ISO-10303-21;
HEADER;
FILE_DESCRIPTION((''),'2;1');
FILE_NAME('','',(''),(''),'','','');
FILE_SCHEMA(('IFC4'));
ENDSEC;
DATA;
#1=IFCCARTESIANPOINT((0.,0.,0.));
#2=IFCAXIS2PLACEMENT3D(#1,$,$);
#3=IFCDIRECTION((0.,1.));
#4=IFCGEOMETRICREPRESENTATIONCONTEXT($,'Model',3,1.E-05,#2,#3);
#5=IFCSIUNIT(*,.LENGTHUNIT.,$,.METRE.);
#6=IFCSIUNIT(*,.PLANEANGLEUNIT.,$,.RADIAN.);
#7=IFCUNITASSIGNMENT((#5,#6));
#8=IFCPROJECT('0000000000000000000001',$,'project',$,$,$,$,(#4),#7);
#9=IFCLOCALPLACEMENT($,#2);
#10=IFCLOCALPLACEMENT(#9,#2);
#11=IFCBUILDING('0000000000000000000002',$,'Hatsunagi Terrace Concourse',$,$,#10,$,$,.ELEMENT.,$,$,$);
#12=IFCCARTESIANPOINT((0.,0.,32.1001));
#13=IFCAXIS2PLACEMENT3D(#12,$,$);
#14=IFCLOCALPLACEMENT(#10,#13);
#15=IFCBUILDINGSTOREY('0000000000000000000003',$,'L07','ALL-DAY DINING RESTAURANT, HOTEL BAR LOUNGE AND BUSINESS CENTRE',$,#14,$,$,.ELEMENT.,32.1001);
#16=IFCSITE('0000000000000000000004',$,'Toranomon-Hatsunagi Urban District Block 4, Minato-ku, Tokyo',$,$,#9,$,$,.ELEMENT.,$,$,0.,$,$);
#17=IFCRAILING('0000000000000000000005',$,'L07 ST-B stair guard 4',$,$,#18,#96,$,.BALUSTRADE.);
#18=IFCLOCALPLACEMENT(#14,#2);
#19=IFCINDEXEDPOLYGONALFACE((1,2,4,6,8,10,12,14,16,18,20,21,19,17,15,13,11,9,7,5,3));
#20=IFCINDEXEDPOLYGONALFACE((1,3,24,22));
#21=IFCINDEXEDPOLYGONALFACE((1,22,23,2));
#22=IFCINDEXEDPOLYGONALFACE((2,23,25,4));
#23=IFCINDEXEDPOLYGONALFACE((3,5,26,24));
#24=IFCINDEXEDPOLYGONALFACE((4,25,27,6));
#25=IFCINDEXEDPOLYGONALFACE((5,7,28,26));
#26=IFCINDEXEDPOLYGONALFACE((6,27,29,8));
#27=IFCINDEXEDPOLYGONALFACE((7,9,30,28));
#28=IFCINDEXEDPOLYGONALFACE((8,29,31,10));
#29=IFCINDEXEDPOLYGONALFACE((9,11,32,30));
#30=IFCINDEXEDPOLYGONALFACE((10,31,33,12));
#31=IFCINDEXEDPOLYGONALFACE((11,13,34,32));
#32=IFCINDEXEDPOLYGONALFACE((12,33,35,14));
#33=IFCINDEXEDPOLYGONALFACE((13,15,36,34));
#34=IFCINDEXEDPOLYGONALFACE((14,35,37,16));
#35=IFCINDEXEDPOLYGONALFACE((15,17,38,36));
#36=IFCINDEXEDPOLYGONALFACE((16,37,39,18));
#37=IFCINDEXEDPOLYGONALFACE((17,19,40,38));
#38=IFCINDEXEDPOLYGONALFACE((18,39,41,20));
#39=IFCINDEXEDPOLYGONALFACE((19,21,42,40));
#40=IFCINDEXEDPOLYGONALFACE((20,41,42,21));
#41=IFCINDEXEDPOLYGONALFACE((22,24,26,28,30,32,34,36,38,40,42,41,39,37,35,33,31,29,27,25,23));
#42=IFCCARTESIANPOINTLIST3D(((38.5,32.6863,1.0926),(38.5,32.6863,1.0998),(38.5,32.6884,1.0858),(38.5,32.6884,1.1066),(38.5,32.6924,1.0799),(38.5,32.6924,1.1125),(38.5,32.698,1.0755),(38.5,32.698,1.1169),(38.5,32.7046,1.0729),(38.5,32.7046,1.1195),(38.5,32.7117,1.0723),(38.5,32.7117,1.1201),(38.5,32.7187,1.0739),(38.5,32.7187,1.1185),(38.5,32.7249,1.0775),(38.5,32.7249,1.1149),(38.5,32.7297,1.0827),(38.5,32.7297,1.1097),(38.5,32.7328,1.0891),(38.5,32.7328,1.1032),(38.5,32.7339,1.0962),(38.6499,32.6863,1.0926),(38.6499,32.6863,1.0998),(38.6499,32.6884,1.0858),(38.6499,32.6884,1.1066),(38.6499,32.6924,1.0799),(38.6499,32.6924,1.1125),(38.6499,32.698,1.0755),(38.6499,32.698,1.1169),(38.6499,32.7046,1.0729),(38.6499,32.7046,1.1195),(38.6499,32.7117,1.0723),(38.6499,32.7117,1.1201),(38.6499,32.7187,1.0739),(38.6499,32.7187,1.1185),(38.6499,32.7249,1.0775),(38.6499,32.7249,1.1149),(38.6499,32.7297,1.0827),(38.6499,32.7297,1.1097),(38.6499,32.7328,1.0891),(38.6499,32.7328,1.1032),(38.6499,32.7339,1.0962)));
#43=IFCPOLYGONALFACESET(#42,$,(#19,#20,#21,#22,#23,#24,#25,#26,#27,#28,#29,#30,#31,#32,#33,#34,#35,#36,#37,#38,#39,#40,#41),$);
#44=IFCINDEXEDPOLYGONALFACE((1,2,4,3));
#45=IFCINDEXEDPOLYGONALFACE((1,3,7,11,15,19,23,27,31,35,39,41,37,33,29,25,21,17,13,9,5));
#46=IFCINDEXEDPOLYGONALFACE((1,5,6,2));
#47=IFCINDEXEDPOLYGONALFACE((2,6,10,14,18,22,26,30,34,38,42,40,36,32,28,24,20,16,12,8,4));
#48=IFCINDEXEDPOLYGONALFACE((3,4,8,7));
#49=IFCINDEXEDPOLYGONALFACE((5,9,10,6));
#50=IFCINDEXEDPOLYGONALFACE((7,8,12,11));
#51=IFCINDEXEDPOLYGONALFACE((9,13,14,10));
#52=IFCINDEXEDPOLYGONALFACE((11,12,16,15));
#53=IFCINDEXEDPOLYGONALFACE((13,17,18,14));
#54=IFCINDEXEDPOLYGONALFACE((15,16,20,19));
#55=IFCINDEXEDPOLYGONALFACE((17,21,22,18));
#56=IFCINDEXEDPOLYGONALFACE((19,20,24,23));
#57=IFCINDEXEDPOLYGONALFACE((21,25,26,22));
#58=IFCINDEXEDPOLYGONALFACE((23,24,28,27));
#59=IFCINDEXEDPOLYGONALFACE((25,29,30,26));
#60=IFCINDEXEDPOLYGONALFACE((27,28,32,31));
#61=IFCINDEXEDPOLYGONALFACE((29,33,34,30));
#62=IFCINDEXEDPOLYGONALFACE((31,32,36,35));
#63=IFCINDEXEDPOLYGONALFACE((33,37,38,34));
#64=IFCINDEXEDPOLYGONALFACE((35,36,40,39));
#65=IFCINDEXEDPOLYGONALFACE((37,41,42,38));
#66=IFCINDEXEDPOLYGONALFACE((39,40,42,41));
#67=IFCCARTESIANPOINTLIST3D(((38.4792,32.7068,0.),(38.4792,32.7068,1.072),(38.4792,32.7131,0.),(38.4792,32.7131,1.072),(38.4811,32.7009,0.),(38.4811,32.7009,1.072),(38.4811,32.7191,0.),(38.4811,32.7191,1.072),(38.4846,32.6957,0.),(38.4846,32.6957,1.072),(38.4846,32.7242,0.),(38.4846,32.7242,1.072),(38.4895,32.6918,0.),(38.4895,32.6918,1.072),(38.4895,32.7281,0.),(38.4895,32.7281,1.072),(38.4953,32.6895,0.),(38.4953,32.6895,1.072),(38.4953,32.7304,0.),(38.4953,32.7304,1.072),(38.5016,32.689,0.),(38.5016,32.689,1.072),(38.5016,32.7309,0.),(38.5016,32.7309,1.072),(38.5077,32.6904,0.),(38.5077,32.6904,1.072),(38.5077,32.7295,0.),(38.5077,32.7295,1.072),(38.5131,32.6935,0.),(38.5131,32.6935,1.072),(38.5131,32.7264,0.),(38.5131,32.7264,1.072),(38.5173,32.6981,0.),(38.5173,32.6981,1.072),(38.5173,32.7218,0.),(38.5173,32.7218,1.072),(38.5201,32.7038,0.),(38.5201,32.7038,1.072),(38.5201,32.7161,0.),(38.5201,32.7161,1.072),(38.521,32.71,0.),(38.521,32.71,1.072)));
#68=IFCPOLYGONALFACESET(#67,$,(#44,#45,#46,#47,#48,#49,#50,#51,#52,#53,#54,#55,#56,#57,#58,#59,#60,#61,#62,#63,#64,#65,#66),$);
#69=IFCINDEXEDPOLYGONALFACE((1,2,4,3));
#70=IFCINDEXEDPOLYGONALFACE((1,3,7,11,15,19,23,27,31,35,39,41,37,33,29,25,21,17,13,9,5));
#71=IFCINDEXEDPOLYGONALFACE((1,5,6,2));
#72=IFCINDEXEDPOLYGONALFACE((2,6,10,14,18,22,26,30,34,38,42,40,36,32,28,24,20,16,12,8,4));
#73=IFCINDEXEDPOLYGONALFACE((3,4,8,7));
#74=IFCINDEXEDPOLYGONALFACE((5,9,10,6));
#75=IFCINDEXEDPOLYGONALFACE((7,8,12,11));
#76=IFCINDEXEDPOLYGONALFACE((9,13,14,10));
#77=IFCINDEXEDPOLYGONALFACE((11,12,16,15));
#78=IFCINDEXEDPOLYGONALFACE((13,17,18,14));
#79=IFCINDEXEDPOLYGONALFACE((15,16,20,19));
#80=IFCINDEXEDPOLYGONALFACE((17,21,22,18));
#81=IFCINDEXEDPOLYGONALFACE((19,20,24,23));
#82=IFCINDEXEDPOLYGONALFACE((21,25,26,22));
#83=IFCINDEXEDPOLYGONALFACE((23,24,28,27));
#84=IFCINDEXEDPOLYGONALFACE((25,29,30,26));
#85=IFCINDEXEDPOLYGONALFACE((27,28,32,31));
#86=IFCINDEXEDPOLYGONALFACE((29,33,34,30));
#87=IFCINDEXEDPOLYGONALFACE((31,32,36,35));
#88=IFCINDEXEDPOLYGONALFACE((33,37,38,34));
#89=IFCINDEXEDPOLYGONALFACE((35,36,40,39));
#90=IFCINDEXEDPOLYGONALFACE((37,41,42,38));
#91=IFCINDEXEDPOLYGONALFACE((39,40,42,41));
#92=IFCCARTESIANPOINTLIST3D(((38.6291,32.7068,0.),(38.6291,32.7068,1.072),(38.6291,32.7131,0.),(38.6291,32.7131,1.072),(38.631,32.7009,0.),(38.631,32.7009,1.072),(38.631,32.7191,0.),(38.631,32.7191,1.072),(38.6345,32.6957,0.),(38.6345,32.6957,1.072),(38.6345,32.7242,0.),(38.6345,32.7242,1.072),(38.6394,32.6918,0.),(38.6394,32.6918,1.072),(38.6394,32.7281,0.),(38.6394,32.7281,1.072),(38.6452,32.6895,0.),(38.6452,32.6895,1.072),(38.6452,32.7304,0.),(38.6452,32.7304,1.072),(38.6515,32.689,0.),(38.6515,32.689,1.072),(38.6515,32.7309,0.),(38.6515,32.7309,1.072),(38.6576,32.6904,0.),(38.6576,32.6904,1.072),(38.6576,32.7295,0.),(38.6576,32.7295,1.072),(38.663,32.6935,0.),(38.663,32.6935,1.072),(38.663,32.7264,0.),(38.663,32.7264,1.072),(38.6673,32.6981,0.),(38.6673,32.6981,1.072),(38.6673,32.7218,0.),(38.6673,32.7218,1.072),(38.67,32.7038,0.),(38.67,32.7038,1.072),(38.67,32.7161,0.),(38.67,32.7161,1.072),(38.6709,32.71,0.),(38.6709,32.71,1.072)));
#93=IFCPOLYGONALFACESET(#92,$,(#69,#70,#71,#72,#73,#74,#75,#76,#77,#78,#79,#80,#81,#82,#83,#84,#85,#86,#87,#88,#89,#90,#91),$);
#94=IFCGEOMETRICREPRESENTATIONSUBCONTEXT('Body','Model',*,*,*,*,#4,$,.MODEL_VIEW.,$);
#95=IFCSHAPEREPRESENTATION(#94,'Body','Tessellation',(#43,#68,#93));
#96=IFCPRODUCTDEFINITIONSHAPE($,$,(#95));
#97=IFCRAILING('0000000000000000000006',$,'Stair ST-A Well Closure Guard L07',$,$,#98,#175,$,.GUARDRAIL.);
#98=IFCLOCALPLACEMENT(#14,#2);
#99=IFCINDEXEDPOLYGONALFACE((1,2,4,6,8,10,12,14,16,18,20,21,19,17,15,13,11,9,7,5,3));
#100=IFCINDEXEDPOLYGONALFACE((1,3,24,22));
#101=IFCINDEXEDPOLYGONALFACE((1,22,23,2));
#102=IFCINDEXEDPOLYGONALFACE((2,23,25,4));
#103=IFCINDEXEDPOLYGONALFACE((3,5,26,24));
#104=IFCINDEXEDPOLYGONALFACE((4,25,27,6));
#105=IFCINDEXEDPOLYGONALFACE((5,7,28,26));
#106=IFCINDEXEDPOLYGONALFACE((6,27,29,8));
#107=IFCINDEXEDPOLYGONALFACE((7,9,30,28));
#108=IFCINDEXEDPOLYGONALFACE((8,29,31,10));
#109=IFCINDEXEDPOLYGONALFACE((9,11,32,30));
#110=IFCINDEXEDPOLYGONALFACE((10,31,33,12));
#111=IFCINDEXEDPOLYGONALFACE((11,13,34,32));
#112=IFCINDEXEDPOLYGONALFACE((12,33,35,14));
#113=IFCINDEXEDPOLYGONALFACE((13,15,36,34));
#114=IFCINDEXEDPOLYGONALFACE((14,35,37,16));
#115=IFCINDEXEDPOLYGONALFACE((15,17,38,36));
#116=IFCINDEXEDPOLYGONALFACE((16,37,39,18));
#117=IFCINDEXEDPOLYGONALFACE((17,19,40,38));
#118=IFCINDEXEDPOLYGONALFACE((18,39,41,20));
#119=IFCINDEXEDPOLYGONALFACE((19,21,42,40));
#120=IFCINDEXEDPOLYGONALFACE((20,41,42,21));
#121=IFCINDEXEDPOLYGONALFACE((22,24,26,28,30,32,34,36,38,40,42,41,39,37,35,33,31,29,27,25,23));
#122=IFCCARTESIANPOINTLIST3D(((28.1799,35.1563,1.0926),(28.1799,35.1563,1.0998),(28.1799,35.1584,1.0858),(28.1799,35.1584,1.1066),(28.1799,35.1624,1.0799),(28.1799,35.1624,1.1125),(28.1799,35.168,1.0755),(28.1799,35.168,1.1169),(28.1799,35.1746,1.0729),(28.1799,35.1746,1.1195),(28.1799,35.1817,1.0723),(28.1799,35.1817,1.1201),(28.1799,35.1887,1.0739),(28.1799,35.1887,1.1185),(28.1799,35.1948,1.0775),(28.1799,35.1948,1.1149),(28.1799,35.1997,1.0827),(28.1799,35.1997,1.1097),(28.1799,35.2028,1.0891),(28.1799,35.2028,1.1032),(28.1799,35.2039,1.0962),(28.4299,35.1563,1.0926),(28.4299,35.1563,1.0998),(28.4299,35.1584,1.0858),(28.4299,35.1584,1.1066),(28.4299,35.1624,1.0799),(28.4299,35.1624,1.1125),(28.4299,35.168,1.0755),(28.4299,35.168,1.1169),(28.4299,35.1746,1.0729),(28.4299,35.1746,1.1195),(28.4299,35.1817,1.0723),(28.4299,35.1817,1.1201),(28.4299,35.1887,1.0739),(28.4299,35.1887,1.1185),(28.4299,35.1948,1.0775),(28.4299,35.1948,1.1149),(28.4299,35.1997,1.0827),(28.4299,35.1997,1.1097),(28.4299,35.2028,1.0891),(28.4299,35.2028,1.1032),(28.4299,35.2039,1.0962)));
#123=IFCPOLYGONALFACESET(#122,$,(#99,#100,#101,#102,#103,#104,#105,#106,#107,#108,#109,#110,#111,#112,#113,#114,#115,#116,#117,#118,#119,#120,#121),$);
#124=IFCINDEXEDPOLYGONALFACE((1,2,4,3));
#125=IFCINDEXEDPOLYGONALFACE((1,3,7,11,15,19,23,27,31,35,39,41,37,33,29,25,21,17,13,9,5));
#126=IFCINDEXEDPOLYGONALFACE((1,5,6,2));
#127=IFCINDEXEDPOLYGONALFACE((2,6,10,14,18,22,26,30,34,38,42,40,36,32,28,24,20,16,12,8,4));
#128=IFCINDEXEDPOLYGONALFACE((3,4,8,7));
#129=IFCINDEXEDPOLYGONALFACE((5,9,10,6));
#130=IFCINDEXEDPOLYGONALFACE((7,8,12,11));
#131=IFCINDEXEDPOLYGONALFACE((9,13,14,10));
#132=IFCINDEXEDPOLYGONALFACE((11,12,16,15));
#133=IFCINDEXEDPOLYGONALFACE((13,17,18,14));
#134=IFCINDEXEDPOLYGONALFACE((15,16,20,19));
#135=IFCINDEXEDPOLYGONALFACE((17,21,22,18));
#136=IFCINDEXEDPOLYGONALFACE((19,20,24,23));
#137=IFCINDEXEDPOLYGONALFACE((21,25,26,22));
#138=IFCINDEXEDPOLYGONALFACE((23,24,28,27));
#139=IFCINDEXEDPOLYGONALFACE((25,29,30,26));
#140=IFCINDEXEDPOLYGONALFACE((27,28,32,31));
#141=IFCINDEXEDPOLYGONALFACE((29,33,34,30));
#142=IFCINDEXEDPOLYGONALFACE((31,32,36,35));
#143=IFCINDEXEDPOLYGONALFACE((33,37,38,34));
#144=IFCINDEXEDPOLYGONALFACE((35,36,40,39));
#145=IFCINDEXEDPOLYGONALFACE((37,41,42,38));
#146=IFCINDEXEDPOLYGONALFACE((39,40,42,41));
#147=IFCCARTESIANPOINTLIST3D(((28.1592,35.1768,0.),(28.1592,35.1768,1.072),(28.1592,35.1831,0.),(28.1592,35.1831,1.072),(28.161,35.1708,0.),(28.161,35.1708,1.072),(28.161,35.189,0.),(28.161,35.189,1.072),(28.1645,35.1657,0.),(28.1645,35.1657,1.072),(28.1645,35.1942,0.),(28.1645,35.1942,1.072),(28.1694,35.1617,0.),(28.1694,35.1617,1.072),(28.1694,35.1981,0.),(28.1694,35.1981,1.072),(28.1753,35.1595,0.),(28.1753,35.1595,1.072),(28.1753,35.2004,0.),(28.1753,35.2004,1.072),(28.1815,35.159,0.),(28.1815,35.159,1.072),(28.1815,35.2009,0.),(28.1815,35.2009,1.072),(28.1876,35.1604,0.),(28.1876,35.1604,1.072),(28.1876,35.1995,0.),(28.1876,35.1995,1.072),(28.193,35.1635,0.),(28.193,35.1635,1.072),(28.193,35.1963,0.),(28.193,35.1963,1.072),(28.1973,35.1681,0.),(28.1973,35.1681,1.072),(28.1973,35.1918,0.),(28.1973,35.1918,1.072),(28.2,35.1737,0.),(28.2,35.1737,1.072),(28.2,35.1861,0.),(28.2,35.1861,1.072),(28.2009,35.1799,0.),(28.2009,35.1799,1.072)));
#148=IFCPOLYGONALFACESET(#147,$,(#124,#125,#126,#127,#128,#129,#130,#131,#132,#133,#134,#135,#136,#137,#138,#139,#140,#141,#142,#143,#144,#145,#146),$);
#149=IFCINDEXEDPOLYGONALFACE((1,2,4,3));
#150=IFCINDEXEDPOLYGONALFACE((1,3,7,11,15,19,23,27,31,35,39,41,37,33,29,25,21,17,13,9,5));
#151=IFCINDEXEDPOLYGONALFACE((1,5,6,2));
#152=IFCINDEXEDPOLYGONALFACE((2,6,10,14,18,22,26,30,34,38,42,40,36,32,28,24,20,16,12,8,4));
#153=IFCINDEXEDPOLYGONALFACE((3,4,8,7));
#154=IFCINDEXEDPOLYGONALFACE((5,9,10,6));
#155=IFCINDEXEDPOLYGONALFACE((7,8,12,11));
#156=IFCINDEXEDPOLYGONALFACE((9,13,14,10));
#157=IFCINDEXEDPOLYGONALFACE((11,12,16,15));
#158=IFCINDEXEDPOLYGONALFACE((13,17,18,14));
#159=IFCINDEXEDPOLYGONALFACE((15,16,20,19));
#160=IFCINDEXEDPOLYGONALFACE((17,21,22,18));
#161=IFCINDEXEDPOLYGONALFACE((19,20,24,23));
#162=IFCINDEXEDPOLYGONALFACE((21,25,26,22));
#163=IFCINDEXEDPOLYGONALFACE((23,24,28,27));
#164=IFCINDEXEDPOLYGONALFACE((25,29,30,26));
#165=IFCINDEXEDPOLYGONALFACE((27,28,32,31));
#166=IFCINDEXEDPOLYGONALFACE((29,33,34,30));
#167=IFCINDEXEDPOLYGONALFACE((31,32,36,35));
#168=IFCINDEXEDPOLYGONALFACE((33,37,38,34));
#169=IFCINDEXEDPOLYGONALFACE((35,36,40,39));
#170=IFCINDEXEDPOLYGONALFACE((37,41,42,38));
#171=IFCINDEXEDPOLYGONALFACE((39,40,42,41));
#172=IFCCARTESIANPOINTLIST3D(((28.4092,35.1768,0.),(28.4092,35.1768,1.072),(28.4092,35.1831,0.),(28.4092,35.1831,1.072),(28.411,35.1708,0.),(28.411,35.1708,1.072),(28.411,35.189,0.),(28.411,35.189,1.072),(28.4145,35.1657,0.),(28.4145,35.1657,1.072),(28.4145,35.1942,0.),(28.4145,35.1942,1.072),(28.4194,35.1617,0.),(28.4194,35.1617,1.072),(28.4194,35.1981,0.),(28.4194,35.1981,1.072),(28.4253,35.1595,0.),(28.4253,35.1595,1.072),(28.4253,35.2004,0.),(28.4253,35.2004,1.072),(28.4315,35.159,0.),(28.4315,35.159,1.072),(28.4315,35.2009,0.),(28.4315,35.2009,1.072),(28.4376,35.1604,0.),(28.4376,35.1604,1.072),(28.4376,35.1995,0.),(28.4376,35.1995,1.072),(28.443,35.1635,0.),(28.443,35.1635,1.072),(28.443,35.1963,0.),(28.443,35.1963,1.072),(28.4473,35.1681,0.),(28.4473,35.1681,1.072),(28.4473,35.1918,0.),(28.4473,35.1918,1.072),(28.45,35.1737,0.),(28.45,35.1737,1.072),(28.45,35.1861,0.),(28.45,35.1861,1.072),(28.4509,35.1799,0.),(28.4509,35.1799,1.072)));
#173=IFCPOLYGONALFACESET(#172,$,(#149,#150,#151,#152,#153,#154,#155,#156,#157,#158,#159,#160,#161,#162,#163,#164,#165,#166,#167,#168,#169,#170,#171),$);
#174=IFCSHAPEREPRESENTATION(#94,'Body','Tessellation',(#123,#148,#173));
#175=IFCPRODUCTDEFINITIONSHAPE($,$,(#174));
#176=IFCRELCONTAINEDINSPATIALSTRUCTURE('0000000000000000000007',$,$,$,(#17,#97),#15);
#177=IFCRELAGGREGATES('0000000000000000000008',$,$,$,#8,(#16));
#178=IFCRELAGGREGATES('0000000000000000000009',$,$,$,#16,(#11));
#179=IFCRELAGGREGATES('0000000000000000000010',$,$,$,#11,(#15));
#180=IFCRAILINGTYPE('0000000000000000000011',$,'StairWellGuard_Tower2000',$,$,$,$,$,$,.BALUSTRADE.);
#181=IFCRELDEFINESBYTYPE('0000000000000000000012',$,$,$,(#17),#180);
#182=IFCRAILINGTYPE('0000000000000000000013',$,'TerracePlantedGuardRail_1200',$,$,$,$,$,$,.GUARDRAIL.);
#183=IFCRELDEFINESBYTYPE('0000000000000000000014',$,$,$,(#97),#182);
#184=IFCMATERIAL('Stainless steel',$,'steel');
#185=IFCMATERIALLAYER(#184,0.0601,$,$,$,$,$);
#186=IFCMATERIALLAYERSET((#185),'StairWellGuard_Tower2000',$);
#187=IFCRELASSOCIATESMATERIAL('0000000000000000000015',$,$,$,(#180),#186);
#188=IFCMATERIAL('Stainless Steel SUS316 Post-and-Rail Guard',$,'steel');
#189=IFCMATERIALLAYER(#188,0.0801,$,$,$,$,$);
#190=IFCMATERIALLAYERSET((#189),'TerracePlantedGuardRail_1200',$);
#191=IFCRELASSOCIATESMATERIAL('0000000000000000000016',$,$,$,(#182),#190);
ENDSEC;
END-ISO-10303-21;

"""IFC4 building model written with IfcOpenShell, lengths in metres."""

from ifc_helpers import new_model, si_unit, direction, frame, origin, origin_2d, place, context, subcontext, project, spatial, circle, extrude, material, layer, layer_set, type_object, element, save


model = new_model("IFC4")

# Units and contexts
model_context = context("Model", 3, precision=1e-05, world=origin(), true_north=direction((0.0, 1.0)))
body_context = subcontext(model_context, "Body", "Model", "MODEL_VIEW")
ifc_project = project(units=[si_unit("LENGTHUNIT", "METRE"), si_unit("PLANEANGLEUNIT", "RADIAN")], contexts=[model_context])

# Site, building, storey
site_placement = place(None, origin())
site = spatial("IfcSite", under=ifc_project, at=site_placement, Name="Toranomon-Hatsunagi Urban District Block 4, Minato-ku, Tokyo", CompositionType="ELEMENT", RefElevation=0.0)
building_placement = place(site_placement, origin())
building = spatial("IfcBuilding", under=site, at=building_placement, Name="Hatsunagi Terrace Concourse", CompositionType="ELEMENT")
storey_placement = place(building_placement, frame((0.0, 0.0, 32.1001)))
storey = spatial("IfcBuildingStorey", under=building, at=storey_placement, Name="L07", Description="ALL-DAY DINING RESTAURANT, HOTEL BAR LOUNGE AND BUSINESS CENTRE", CompositionType="ELEMENT", Elevation=32.1001)

# Railings
ifc_material_1 = material(Name="Stainless steel", Category="steel")
ifc_layer_1 = layer(ifc_material_1, 0.0601)
ifc_layer_set_1 = layer_set([ifc_layer_1], Name="StairWellGuard_Tower2000")
railing_type_1 = type_object("IfcRailingType", Name="StairWellGuard_Tower2000", PredefinedType="BALUSTRADE", material=ifc_layer_set_1)
railing_1_placement = place(storey_placement, frame((38.5, 32.71, 0.0)))
element("IfcRailing", 1, at=railing_1_placement, inside=storey, type_object=railing_type_1, Name="L07 ST-B stair guard 4", PredefinedType="BALUSTRADE", context=body_context, shape_type="SweptSolid", body=[
    extrude(circle(Radius=0.0239, at=origin_2d()), frame((0.0, 0.0, 1.0962), z_axis=(1.0, 0.0, 0.0), x_axis=(0.0, 1.0, 0.0)), (0.0, 0.0, 1.0), 0.1499),
    extrude(circle(Radius=0.021, at=origin_2d()), origin(), (0.0, 0.0, 1.0), 1.072),
    extrude(circle(Radius=0.021, at=origin_2d()), frame((0.1499, 0.0, 0.0)), (0.0, 0.0, 1.0), 1.072),
])
ifc_material_2 = material(Name="Stainless Steel SUS316 Post-and-Rail Guard", Category="steel")
ifc_layer_2 = layer(ifc_material_2, 0.0801)
ifc_layer_set_2 = layer_set([ifc_layer_2], Name="TerracePlantedGuardRail_1200")
railing_type_2 = type_object("IfcRailingType", Name="TerracePlantedGuardRail_1200", PredefinedType="GUARDRAIL", material=ifc_layer_set_2)
for number, where, name in (
    (2, (28.1799, 35.1799, 0.0), "Stair ST-A Well Closure Guard L07"),
):
    element("IfcRailing", number, at=place(storey_placement, frame(where)), inside=storey, type_object=railing_type_2, Name=name, PredefinedType="GUARDRAIL", context=body_context, shape_type="SweptSolid", body=[
        extrude(circle(Radius=0.0239, at=origin_2d()), frame((0.0, 0.0, 1.0962), z_axis=(1.0, 0.0, 0.0), x_axis=(0.0, 1.0, 0.0)), (0.0, 0.0, 1.0), 0.25),
        extrude(circle(Radius=0.021, at=origin_2d()), origin(), (0.0, 0.0, 1.0), 1.072),
        extrude(circle(Radius=0.021, at=origin_2d()), frame((0.25, 0.0, 0.0)), (0.0, 0.0, 1.0), 1.072),
    ])

save(model, "model.ifc")
